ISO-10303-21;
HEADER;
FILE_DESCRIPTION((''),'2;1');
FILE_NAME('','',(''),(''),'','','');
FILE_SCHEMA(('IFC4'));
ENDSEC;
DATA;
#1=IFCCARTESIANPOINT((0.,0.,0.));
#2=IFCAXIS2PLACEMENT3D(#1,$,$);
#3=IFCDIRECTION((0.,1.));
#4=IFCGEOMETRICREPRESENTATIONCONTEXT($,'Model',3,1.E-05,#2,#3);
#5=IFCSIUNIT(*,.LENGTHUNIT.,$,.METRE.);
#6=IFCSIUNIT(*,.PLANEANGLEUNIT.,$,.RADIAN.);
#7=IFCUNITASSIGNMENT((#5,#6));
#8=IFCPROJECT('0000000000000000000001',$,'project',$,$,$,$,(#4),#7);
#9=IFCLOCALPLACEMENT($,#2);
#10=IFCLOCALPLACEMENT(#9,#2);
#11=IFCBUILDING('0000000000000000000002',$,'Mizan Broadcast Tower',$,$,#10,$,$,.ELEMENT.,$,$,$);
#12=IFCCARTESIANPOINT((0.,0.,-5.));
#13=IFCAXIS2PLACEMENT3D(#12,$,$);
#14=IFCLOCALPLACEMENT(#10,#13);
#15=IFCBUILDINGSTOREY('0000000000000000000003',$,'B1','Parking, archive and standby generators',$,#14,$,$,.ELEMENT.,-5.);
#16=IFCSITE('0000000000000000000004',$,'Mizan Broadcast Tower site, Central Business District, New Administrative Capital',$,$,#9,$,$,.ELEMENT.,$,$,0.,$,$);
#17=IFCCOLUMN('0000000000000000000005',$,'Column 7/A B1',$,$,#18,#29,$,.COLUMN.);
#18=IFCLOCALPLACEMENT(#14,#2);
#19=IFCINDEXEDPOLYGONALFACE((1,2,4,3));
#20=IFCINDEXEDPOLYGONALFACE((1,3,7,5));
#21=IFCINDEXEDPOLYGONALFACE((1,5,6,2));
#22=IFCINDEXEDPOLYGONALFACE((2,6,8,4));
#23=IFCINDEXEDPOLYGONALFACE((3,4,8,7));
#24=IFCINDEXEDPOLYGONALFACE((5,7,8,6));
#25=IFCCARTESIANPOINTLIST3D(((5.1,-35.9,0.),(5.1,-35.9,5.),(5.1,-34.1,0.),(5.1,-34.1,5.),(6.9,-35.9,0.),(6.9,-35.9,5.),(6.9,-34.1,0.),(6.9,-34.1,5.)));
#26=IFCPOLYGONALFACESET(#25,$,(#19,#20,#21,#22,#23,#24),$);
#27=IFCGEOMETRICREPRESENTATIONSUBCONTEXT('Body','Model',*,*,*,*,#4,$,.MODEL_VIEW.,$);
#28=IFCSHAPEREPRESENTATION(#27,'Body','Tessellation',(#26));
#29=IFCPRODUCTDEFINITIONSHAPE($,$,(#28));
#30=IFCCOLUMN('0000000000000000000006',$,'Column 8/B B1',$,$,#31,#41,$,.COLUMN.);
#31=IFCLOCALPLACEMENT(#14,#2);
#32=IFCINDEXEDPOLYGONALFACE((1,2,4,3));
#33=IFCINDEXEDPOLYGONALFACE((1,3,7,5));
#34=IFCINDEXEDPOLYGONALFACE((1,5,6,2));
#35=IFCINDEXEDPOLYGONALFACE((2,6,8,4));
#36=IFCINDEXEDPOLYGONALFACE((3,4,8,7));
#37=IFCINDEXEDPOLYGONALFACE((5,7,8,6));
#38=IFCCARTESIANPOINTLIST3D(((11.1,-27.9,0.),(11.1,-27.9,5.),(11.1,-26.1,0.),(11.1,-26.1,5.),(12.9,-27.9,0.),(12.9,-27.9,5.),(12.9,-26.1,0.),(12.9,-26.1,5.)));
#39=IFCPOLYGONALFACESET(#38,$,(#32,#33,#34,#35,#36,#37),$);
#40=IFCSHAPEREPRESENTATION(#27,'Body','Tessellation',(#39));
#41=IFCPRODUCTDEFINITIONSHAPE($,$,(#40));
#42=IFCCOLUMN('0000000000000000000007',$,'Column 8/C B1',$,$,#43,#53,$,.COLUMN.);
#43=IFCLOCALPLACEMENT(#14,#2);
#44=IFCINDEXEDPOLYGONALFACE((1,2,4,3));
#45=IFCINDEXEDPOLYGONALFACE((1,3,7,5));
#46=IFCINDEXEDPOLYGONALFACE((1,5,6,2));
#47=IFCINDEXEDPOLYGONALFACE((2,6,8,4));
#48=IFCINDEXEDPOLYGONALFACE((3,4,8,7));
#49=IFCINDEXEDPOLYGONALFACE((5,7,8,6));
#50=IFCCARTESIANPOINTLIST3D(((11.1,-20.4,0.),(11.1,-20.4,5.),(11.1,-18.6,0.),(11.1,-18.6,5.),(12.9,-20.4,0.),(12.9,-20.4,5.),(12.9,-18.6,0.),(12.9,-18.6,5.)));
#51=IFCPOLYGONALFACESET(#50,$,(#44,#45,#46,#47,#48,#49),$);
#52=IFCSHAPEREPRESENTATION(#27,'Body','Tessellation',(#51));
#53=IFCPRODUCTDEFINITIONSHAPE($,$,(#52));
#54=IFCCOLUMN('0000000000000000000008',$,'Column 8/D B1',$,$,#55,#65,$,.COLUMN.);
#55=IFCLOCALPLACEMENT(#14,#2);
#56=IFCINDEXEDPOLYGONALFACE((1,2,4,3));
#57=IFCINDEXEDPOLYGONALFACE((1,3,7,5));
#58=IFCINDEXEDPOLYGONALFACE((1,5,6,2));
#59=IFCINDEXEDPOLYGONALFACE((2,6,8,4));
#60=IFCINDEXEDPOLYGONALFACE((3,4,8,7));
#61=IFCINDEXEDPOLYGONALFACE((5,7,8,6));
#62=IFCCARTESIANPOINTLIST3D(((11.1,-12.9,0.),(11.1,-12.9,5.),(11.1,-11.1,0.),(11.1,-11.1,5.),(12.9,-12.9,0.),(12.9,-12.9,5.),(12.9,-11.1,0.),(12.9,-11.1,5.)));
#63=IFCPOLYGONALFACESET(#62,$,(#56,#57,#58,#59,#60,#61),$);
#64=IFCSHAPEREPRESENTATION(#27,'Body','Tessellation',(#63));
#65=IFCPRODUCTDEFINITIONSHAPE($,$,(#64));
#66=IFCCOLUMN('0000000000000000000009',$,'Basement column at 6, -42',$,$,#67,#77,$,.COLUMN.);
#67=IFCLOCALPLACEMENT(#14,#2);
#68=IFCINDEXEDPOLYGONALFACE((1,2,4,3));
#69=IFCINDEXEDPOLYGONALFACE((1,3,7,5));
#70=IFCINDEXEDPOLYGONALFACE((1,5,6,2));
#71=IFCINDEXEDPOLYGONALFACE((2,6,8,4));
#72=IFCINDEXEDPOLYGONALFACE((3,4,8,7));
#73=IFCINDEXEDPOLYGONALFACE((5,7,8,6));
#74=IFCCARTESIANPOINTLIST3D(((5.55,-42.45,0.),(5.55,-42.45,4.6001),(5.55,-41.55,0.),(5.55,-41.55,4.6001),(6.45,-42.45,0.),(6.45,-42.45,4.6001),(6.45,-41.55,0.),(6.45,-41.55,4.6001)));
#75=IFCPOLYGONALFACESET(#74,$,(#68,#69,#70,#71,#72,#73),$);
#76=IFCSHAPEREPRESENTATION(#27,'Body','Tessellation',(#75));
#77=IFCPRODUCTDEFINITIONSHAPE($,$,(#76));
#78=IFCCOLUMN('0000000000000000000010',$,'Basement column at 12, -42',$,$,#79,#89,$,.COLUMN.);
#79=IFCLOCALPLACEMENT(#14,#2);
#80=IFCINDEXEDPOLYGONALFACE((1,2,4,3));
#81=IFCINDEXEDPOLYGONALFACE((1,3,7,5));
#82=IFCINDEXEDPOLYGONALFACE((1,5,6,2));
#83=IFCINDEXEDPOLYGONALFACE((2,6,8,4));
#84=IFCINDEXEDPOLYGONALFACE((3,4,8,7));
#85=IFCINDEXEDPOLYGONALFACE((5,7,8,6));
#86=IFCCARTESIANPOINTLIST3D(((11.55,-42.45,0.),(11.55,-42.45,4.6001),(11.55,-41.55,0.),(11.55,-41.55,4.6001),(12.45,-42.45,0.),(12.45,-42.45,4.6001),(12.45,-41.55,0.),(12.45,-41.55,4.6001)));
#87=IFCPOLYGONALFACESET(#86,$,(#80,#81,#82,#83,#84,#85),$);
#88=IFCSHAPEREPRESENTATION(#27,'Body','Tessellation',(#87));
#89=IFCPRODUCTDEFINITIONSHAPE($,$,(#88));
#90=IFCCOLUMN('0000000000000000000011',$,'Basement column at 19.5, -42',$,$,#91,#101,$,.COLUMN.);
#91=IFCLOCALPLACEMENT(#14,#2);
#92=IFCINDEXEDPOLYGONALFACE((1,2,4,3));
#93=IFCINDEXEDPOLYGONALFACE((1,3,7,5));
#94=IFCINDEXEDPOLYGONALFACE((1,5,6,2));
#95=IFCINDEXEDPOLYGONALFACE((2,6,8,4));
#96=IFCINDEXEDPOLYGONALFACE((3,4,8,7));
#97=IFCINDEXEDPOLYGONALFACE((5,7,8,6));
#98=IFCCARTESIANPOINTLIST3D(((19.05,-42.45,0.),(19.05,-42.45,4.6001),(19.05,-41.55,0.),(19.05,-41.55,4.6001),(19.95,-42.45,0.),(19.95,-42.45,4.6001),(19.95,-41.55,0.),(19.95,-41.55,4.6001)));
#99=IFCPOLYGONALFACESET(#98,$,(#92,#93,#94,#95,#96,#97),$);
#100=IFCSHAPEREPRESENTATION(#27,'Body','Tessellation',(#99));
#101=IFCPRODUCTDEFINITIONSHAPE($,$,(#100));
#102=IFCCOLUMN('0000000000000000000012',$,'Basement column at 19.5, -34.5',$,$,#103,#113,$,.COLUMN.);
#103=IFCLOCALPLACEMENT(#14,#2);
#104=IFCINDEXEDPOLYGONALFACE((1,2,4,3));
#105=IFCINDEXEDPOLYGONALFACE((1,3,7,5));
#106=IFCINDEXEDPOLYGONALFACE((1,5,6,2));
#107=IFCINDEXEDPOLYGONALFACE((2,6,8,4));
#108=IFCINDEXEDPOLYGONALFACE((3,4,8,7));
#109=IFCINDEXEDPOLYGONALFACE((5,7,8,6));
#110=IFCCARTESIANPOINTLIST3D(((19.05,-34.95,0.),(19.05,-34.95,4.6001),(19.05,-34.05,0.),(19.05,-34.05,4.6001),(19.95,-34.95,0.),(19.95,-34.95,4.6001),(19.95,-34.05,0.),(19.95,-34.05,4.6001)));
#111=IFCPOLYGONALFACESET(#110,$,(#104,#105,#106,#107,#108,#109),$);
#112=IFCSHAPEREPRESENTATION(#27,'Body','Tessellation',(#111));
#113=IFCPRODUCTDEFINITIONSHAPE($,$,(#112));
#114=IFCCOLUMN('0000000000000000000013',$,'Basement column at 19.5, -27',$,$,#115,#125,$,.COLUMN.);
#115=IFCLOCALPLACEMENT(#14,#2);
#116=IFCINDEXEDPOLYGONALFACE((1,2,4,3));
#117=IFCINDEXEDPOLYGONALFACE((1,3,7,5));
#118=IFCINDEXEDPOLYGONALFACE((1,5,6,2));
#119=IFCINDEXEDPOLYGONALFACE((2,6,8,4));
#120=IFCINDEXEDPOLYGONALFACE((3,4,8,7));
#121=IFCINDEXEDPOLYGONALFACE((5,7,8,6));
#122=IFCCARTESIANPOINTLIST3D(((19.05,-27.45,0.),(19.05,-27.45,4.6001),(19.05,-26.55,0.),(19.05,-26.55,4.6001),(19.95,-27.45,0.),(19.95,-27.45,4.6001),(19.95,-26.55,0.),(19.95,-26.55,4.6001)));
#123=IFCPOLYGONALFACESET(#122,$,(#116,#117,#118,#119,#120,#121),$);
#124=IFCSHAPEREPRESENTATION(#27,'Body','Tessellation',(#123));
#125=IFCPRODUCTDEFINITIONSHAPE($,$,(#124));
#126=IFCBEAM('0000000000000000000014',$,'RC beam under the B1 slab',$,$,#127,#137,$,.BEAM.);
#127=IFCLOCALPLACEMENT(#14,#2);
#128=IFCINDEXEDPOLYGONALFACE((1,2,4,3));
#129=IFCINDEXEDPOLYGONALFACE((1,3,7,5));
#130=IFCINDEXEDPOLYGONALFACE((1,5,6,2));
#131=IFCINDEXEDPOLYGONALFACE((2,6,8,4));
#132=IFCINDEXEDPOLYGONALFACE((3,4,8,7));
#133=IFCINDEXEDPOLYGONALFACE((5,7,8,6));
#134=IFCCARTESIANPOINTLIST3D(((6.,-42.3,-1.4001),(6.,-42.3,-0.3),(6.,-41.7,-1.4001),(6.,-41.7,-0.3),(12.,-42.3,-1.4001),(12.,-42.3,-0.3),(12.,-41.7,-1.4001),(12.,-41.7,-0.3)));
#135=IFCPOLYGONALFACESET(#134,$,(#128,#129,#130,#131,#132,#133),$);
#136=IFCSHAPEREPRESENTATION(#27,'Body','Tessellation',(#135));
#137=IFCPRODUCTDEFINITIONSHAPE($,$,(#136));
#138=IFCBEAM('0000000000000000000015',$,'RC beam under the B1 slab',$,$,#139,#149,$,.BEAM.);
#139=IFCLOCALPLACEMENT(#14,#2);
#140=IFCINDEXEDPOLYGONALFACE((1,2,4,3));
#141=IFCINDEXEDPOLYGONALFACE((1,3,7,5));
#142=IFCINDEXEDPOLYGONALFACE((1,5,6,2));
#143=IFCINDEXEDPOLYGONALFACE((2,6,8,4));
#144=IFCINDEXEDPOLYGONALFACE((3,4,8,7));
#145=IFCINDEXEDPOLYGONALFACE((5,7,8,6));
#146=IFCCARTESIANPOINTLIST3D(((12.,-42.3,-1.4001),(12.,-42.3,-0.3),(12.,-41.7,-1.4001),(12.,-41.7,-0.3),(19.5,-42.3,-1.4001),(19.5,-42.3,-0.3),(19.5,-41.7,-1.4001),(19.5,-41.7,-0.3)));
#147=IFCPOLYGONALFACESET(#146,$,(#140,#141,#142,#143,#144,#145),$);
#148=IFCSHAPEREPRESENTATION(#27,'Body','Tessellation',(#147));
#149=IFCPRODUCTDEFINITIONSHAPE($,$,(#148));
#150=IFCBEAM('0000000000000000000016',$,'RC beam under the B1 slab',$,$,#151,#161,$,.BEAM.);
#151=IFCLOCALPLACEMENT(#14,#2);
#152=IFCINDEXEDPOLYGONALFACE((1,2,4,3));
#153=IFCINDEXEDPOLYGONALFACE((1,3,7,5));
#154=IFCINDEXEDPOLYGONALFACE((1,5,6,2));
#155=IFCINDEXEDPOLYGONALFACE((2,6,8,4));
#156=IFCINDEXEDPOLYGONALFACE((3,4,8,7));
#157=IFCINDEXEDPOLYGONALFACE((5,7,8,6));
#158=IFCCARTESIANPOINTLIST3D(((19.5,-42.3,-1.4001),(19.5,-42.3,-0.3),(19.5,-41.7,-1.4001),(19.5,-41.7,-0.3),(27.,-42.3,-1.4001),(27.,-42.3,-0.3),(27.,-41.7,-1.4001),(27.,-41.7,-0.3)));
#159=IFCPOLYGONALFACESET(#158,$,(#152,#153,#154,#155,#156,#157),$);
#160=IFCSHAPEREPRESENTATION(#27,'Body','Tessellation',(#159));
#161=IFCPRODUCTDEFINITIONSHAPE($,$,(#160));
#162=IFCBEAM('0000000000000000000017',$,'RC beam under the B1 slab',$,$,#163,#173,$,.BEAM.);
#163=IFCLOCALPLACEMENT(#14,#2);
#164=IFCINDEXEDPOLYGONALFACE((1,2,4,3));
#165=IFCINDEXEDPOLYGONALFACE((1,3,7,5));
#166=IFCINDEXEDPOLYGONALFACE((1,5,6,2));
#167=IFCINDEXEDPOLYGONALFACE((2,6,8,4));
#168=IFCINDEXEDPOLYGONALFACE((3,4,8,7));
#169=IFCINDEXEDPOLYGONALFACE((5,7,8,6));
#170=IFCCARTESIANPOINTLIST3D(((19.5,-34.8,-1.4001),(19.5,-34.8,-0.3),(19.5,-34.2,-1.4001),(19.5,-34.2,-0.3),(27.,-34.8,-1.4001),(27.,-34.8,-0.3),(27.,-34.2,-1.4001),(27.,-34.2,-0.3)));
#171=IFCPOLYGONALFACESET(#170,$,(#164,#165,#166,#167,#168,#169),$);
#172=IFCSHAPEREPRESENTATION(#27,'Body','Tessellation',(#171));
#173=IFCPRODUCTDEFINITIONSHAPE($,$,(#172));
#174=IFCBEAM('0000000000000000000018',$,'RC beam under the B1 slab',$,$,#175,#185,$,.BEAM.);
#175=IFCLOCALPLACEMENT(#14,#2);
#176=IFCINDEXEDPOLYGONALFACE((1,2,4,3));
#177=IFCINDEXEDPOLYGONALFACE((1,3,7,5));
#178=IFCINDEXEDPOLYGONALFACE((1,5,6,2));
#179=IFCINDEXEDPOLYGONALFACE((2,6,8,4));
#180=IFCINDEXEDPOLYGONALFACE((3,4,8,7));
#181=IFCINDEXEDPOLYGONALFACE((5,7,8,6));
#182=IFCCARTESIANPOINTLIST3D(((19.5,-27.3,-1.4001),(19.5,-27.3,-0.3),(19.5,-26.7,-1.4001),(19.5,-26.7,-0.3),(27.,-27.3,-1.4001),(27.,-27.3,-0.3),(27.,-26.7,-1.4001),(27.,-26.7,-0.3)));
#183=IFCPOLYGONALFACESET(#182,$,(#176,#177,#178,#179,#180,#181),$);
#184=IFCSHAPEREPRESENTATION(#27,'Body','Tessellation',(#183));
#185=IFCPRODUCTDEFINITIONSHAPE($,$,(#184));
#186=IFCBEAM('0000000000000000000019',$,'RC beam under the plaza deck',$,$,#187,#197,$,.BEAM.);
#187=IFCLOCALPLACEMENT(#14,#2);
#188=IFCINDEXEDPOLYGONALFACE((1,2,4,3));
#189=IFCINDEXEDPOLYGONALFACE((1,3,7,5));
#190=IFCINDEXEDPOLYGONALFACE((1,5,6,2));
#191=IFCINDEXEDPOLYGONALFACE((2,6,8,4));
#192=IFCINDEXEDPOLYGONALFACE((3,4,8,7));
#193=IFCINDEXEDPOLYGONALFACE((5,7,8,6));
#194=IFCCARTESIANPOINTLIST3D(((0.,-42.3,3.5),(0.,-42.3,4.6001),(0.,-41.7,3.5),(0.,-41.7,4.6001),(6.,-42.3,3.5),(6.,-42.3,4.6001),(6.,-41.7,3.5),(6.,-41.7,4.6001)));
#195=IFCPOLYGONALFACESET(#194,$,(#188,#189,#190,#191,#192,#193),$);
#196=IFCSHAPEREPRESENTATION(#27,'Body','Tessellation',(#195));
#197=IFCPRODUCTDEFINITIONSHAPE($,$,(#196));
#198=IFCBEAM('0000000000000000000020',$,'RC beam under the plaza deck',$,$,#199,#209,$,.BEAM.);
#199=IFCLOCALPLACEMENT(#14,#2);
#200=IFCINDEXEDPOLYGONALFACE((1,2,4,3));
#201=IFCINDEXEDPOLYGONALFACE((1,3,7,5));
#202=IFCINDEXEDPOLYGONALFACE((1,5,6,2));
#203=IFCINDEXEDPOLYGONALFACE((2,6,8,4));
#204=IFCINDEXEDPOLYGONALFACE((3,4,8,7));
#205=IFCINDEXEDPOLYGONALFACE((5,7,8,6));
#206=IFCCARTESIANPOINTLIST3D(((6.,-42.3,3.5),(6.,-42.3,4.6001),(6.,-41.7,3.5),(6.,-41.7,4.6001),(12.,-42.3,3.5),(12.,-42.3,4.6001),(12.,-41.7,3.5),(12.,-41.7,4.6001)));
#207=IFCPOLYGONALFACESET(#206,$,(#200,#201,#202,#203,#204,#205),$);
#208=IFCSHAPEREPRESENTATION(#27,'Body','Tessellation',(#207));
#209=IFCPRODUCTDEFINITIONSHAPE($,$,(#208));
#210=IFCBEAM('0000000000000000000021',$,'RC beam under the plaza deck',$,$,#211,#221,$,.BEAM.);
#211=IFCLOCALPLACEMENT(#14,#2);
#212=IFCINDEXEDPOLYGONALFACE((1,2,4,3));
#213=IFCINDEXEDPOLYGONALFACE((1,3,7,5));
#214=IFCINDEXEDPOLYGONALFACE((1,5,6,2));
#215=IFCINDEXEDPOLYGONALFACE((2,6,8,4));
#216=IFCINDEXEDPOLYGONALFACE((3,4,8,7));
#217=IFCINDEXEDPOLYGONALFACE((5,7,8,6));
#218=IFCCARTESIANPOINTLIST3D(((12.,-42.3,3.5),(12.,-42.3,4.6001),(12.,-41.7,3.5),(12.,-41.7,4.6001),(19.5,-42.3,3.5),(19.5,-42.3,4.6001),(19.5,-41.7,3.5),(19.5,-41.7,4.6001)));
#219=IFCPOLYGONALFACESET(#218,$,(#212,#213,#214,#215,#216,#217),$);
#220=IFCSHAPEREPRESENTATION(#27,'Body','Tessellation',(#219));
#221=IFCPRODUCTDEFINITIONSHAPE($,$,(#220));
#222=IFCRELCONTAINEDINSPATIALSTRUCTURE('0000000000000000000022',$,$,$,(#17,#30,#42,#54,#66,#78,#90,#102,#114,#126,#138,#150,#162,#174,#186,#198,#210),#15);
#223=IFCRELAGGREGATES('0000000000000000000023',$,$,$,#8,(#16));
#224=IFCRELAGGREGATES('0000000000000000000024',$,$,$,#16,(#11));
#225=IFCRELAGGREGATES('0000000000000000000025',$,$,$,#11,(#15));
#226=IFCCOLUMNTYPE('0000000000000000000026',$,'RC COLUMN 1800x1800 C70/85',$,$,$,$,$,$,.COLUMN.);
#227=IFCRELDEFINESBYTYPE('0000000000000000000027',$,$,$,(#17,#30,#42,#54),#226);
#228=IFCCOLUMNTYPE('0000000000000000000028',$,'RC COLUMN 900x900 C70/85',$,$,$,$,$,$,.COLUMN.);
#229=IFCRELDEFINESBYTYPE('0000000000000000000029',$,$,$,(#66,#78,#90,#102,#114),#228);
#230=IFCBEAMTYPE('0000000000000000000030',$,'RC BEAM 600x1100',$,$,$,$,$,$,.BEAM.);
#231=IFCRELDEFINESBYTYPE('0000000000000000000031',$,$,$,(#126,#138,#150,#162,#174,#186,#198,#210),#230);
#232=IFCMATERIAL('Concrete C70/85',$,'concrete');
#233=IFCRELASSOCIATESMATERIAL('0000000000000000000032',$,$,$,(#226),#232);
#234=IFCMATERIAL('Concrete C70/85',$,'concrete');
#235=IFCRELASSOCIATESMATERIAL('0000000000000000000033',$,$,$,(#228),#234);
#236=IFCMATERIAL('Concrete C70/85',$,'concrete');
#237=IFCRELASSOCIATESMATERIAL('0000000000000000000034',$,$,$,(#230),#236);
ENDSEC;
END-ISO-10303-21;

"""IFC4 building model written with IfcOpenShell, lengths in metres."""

from ifc_helpers import new_model, si_unit, direction, frame, origin, origin_2d, place, context, subcontext, project, spatial, rectangle, extrude, material, material_profile, profile_set, type_object, element, save


model = new_model("IFC4")

# Units and contexts
model_context = context("Model", 3, precision=1e-05, world=origin(), true_north=direction((0.0, 1.0)))
body_context = subcontext(model_context, "Body", "Model", "MODEL_VIEW")
ifc_project = project(units=[si_unit("LENGTHUNIT", "METRE"), si_unit("PLANEANGLEUNIT", "RADIAN")], contexts=[model_context])

# Site, building, storey
site_placement = place(None, origin())
site = spatial("IfcSite", under=ifc_project, at=site_placement, Name="Mizan Broadcast Tower site, Central Business District, New Administrative Capital", CompositionType="ELEMENT", RefElevation=0.0)
building_placement = place(site_placement, origin())
building = spatial("IfcBuilding", under=site, at=building_placement, Name="Mizan Broadcast Tower", CompositionType="ELEMENT")
storey_placement = place(building_placement, frame((0.0, 0.0, -5.0)))
storey = spatial("IfcBuildingStorey", under=building, at=storey_placement, Name="B1", Description="Parking, archive and standby generators", CompositionType="ELEMENT", Elevation=-5.0)

# Columns
ifc_material_1 = material(Name="Concrete C70/85", Category="concrete")
ifc_material_profile_1 = material_profile(ifc_material_1, rectangle(XDim=1.8, YDim=1.8, at=origin_2d()), Name="RC 1800x1800")
ifc_profile_set_1 = profile_set([ifc_material_profile_1], Name="Concrete C70/85")
column_type_1 = type_object("IfcColumnType", Name="RC COLUMN 1800x1800 C70/85", PredefinedType="COLUMN", material=ifc_profile_set_1)
for number, where, z_axis, x_axis, name in (
    (1, (6.0, -35.0, 0.0), (0.0, 0.0, 1.0), (1.0, 0.0, 0.0), "Column 7/A B1"),
    (2, (12.0, -27.0, 0.0), (0.0, 0.0, 1.0), (1.0, 0.0, 0.0), "Column 8/B B1"),
    (3, (12.0, -19.5, 0.0), (0.0, 0.0, 1.0), (1.0, 0.0, 0.0), "Column 8/C B1"),
    (4, (12.0, -12.0, 0.0), (0.0, 0.0, 1.0), (1.0, 0.0, 0.0), "Column 8/D B1"),
):
    element("IfcColumn", number, at=place(storey_placement, frame(where, z_axis=z_axis, x_axis=x_axis)), inside=storey, type_object=column_type_1, Name=name, PredefinedType="COLUMN", context=body_context, shape_type="SweptSolid", body=[
        extrude(rectangle(XDim=1.8, YDim=1.8, at=origin_2d()), origin(), (0.0, 0.0, 1.0), 5.0),
    ])
ifc_material_2 = material(Name="Concrete C70/85", Category="concrete")
ifc_material_profile_2 = material_profile(ifc_material_2, rectangle(XDim=0.8999, YDim=0.8999, at=origin_2d()), Name="RC 900x900")
ifc_profile_set_2 = profile_set([ifc_material_profile_2], Name="Concrete C70/85")
column_type_2 = type_object("IfcColumnType", Name="RC COLUMN 900x900 C70/85", PredefinedType="COLUMN", material=ifc_profile_set_2)
for number, where, z_axis, x_axis, name in (
    (5, (6.0, -42.0, 0.0), (0.0, 0.0, 1.0), (1.0, 0.0, 0.0), "Basement column at 6, -42"),
    (6, (12.0, -42.0, 0.0), (0.0, 0.0, 1.0), (1.0, 0.0, 0.0), "Basement column at 12, -42"),
    (7, (19.5, -42.0, 0.0), (0.0, 0.0, 1.0), (1.0, 0.0, 0.0), "Basement column at 19.5, -42"),
    (8, (19.5, -34.5, 0.0), (0.0, 0.0, 1.0), (1.0, 0.0, 0.0), "Basement column at 19.5, -34.5"),
    (9, (19.5, -27.0, 0.0), (0.0, 0.0, 1.0), (1.0, 0.0, 0.0), "Basement column at 19.5, -27"),
):
    element("IfcColumn", number, at=place(storey_placement, frame(where, z_axis=z_axis, x_axis=x_axis)), inside=storey, type_object=column_type_2, Name=name, PredefinedType="COLUMN", context=body_context, shape_type="SweptSolid", body=[
        extrude(rectangle(XDim=0.8999, YDim=0.8999, at=origin_2d()), origin(), (0.0, 0.0, 1.0), 4.6001),
    ])

# Beams
ifc_material_3 = material(Name="Concrete C70/85", Category="concrete")
ifc_material_profile_3 = material_profile(ifc_material_3, rectangle(XDim=0.6001, YDim=1.1001, at=origin_2d()), Name="RC 600x1100")
ifc_profile_set_3 = profile_set([ifc_material_profile_3], Name="Concrete C70/85")
beam_type = type_object("IfcBeamType", Name="RC BEAM 600x1100", PredefinedType="BEAM", material=ifc_profile_set_3)
beam_placement = place(storey_placement, frame((6.0, -42.0, -0.8501), z_axis=(1.0, 0.0, 0.0), x_axis=(0.0, 1.0, 0.0)))
element("IfcBeam", 10, at=beam_placement, inside=storey, type_object=beam_type, Name="RC beam under the B1 slab", PredefinedType="BEAM", context=body_context, shape_type="SweptSolid", body=[
    extrude(rectangle(XDim=0.6001, YDim=1.1001, at=origin_2d()), origin(), (0.0, 0.0, 1.0), 6.0),
])
for number, where, z_axis, x_axis, name in (
    (11, (12.0, -42.0, -0.8501), (1.0, 0.0, 0.0), (0.0, 1.0, 0.0), "RC beam under the B1 slab"),
    (12, (19.5, -42.0, -0.8501), (1.0, 0.0, 0.0), (0.0, 1.0, 0.0), "RC beam under the B1 slab"),
    (13, (19.5, -34.5, -0.8501), (1.0, 0.0, 0.0), (0.0, 1.0, 0.0), "RC beam under the B1 slab"),
    (14, (19.5, -27.0, -0.8501), (1.0, 0.0, 0.0), (0.0, 1.0, 0.0), "RC beam under the B1 slab"),
):
    element("IfcBeam", number, at=place(storey_placement, frame(where, z_axis=z_axis, x_axis=x_axis)), inside=storey, type_object=beam_type, Name=name, PredefinedType="BEAM", context=body_context, shape_type="SweptSolid", body=[
        extrude(rectangle(XDim=0.6001, YDim=1.1001, at=origin_2d()), origin(), (0.0, 0.0, 1.0), 7.5),
    ])
for number, where, z_axis, x_axis, name in (
    (15, (0.0, -42.0, 4.05), (1.0, 0.0, 0.0), (0.0, 1.0, 0.0), "RC beam under the plaza deck"),
    (16, (6.0, -42.0, 4.05), (1.0, 0.0, 0.0), (0.0, 1.0, 0.0), "RC beam under the plaza deck"),
):
    element("IfcBeam", number, at=place(storey_placement, frame(where, z_axis=z_axis, x_axis=x_axis)), inside=storey, type_object=beam_type, Name=name, PredefinedType="BEAM", context=body_context, shape_type="SweptSolid", body=[
        extrude(rectangle(XDim=0.6001, YDim=1.1001, at=origin_2d()), origin(), (0.0, 0.0, 1.0), 6.0),
    ])
for number, where, z_axis, x_axis, name in (
    (17, (12.0, -42.0, 4.05), (1.0, 0.0, 0.0), (0.0, 1.0, 0.0), "RC beam under the plaza deck"),
):
    element("IfcBeam", number, at=place(storey_placement, frame(where, z_axis=z_axis, x_axis=x_axis)), inside=storey, type_object=beam_type, Name=name, PredefinedType="BEAM", context=body_context, shape_type="SweptSolid", body=[
        extrude(rectangle(XDim=0.6001, YDim=1.1001, at=origin_2d()), origin(), (0.0, 0.0, 1.0), 7.5),
    ])

save(model, "model.ifc")
